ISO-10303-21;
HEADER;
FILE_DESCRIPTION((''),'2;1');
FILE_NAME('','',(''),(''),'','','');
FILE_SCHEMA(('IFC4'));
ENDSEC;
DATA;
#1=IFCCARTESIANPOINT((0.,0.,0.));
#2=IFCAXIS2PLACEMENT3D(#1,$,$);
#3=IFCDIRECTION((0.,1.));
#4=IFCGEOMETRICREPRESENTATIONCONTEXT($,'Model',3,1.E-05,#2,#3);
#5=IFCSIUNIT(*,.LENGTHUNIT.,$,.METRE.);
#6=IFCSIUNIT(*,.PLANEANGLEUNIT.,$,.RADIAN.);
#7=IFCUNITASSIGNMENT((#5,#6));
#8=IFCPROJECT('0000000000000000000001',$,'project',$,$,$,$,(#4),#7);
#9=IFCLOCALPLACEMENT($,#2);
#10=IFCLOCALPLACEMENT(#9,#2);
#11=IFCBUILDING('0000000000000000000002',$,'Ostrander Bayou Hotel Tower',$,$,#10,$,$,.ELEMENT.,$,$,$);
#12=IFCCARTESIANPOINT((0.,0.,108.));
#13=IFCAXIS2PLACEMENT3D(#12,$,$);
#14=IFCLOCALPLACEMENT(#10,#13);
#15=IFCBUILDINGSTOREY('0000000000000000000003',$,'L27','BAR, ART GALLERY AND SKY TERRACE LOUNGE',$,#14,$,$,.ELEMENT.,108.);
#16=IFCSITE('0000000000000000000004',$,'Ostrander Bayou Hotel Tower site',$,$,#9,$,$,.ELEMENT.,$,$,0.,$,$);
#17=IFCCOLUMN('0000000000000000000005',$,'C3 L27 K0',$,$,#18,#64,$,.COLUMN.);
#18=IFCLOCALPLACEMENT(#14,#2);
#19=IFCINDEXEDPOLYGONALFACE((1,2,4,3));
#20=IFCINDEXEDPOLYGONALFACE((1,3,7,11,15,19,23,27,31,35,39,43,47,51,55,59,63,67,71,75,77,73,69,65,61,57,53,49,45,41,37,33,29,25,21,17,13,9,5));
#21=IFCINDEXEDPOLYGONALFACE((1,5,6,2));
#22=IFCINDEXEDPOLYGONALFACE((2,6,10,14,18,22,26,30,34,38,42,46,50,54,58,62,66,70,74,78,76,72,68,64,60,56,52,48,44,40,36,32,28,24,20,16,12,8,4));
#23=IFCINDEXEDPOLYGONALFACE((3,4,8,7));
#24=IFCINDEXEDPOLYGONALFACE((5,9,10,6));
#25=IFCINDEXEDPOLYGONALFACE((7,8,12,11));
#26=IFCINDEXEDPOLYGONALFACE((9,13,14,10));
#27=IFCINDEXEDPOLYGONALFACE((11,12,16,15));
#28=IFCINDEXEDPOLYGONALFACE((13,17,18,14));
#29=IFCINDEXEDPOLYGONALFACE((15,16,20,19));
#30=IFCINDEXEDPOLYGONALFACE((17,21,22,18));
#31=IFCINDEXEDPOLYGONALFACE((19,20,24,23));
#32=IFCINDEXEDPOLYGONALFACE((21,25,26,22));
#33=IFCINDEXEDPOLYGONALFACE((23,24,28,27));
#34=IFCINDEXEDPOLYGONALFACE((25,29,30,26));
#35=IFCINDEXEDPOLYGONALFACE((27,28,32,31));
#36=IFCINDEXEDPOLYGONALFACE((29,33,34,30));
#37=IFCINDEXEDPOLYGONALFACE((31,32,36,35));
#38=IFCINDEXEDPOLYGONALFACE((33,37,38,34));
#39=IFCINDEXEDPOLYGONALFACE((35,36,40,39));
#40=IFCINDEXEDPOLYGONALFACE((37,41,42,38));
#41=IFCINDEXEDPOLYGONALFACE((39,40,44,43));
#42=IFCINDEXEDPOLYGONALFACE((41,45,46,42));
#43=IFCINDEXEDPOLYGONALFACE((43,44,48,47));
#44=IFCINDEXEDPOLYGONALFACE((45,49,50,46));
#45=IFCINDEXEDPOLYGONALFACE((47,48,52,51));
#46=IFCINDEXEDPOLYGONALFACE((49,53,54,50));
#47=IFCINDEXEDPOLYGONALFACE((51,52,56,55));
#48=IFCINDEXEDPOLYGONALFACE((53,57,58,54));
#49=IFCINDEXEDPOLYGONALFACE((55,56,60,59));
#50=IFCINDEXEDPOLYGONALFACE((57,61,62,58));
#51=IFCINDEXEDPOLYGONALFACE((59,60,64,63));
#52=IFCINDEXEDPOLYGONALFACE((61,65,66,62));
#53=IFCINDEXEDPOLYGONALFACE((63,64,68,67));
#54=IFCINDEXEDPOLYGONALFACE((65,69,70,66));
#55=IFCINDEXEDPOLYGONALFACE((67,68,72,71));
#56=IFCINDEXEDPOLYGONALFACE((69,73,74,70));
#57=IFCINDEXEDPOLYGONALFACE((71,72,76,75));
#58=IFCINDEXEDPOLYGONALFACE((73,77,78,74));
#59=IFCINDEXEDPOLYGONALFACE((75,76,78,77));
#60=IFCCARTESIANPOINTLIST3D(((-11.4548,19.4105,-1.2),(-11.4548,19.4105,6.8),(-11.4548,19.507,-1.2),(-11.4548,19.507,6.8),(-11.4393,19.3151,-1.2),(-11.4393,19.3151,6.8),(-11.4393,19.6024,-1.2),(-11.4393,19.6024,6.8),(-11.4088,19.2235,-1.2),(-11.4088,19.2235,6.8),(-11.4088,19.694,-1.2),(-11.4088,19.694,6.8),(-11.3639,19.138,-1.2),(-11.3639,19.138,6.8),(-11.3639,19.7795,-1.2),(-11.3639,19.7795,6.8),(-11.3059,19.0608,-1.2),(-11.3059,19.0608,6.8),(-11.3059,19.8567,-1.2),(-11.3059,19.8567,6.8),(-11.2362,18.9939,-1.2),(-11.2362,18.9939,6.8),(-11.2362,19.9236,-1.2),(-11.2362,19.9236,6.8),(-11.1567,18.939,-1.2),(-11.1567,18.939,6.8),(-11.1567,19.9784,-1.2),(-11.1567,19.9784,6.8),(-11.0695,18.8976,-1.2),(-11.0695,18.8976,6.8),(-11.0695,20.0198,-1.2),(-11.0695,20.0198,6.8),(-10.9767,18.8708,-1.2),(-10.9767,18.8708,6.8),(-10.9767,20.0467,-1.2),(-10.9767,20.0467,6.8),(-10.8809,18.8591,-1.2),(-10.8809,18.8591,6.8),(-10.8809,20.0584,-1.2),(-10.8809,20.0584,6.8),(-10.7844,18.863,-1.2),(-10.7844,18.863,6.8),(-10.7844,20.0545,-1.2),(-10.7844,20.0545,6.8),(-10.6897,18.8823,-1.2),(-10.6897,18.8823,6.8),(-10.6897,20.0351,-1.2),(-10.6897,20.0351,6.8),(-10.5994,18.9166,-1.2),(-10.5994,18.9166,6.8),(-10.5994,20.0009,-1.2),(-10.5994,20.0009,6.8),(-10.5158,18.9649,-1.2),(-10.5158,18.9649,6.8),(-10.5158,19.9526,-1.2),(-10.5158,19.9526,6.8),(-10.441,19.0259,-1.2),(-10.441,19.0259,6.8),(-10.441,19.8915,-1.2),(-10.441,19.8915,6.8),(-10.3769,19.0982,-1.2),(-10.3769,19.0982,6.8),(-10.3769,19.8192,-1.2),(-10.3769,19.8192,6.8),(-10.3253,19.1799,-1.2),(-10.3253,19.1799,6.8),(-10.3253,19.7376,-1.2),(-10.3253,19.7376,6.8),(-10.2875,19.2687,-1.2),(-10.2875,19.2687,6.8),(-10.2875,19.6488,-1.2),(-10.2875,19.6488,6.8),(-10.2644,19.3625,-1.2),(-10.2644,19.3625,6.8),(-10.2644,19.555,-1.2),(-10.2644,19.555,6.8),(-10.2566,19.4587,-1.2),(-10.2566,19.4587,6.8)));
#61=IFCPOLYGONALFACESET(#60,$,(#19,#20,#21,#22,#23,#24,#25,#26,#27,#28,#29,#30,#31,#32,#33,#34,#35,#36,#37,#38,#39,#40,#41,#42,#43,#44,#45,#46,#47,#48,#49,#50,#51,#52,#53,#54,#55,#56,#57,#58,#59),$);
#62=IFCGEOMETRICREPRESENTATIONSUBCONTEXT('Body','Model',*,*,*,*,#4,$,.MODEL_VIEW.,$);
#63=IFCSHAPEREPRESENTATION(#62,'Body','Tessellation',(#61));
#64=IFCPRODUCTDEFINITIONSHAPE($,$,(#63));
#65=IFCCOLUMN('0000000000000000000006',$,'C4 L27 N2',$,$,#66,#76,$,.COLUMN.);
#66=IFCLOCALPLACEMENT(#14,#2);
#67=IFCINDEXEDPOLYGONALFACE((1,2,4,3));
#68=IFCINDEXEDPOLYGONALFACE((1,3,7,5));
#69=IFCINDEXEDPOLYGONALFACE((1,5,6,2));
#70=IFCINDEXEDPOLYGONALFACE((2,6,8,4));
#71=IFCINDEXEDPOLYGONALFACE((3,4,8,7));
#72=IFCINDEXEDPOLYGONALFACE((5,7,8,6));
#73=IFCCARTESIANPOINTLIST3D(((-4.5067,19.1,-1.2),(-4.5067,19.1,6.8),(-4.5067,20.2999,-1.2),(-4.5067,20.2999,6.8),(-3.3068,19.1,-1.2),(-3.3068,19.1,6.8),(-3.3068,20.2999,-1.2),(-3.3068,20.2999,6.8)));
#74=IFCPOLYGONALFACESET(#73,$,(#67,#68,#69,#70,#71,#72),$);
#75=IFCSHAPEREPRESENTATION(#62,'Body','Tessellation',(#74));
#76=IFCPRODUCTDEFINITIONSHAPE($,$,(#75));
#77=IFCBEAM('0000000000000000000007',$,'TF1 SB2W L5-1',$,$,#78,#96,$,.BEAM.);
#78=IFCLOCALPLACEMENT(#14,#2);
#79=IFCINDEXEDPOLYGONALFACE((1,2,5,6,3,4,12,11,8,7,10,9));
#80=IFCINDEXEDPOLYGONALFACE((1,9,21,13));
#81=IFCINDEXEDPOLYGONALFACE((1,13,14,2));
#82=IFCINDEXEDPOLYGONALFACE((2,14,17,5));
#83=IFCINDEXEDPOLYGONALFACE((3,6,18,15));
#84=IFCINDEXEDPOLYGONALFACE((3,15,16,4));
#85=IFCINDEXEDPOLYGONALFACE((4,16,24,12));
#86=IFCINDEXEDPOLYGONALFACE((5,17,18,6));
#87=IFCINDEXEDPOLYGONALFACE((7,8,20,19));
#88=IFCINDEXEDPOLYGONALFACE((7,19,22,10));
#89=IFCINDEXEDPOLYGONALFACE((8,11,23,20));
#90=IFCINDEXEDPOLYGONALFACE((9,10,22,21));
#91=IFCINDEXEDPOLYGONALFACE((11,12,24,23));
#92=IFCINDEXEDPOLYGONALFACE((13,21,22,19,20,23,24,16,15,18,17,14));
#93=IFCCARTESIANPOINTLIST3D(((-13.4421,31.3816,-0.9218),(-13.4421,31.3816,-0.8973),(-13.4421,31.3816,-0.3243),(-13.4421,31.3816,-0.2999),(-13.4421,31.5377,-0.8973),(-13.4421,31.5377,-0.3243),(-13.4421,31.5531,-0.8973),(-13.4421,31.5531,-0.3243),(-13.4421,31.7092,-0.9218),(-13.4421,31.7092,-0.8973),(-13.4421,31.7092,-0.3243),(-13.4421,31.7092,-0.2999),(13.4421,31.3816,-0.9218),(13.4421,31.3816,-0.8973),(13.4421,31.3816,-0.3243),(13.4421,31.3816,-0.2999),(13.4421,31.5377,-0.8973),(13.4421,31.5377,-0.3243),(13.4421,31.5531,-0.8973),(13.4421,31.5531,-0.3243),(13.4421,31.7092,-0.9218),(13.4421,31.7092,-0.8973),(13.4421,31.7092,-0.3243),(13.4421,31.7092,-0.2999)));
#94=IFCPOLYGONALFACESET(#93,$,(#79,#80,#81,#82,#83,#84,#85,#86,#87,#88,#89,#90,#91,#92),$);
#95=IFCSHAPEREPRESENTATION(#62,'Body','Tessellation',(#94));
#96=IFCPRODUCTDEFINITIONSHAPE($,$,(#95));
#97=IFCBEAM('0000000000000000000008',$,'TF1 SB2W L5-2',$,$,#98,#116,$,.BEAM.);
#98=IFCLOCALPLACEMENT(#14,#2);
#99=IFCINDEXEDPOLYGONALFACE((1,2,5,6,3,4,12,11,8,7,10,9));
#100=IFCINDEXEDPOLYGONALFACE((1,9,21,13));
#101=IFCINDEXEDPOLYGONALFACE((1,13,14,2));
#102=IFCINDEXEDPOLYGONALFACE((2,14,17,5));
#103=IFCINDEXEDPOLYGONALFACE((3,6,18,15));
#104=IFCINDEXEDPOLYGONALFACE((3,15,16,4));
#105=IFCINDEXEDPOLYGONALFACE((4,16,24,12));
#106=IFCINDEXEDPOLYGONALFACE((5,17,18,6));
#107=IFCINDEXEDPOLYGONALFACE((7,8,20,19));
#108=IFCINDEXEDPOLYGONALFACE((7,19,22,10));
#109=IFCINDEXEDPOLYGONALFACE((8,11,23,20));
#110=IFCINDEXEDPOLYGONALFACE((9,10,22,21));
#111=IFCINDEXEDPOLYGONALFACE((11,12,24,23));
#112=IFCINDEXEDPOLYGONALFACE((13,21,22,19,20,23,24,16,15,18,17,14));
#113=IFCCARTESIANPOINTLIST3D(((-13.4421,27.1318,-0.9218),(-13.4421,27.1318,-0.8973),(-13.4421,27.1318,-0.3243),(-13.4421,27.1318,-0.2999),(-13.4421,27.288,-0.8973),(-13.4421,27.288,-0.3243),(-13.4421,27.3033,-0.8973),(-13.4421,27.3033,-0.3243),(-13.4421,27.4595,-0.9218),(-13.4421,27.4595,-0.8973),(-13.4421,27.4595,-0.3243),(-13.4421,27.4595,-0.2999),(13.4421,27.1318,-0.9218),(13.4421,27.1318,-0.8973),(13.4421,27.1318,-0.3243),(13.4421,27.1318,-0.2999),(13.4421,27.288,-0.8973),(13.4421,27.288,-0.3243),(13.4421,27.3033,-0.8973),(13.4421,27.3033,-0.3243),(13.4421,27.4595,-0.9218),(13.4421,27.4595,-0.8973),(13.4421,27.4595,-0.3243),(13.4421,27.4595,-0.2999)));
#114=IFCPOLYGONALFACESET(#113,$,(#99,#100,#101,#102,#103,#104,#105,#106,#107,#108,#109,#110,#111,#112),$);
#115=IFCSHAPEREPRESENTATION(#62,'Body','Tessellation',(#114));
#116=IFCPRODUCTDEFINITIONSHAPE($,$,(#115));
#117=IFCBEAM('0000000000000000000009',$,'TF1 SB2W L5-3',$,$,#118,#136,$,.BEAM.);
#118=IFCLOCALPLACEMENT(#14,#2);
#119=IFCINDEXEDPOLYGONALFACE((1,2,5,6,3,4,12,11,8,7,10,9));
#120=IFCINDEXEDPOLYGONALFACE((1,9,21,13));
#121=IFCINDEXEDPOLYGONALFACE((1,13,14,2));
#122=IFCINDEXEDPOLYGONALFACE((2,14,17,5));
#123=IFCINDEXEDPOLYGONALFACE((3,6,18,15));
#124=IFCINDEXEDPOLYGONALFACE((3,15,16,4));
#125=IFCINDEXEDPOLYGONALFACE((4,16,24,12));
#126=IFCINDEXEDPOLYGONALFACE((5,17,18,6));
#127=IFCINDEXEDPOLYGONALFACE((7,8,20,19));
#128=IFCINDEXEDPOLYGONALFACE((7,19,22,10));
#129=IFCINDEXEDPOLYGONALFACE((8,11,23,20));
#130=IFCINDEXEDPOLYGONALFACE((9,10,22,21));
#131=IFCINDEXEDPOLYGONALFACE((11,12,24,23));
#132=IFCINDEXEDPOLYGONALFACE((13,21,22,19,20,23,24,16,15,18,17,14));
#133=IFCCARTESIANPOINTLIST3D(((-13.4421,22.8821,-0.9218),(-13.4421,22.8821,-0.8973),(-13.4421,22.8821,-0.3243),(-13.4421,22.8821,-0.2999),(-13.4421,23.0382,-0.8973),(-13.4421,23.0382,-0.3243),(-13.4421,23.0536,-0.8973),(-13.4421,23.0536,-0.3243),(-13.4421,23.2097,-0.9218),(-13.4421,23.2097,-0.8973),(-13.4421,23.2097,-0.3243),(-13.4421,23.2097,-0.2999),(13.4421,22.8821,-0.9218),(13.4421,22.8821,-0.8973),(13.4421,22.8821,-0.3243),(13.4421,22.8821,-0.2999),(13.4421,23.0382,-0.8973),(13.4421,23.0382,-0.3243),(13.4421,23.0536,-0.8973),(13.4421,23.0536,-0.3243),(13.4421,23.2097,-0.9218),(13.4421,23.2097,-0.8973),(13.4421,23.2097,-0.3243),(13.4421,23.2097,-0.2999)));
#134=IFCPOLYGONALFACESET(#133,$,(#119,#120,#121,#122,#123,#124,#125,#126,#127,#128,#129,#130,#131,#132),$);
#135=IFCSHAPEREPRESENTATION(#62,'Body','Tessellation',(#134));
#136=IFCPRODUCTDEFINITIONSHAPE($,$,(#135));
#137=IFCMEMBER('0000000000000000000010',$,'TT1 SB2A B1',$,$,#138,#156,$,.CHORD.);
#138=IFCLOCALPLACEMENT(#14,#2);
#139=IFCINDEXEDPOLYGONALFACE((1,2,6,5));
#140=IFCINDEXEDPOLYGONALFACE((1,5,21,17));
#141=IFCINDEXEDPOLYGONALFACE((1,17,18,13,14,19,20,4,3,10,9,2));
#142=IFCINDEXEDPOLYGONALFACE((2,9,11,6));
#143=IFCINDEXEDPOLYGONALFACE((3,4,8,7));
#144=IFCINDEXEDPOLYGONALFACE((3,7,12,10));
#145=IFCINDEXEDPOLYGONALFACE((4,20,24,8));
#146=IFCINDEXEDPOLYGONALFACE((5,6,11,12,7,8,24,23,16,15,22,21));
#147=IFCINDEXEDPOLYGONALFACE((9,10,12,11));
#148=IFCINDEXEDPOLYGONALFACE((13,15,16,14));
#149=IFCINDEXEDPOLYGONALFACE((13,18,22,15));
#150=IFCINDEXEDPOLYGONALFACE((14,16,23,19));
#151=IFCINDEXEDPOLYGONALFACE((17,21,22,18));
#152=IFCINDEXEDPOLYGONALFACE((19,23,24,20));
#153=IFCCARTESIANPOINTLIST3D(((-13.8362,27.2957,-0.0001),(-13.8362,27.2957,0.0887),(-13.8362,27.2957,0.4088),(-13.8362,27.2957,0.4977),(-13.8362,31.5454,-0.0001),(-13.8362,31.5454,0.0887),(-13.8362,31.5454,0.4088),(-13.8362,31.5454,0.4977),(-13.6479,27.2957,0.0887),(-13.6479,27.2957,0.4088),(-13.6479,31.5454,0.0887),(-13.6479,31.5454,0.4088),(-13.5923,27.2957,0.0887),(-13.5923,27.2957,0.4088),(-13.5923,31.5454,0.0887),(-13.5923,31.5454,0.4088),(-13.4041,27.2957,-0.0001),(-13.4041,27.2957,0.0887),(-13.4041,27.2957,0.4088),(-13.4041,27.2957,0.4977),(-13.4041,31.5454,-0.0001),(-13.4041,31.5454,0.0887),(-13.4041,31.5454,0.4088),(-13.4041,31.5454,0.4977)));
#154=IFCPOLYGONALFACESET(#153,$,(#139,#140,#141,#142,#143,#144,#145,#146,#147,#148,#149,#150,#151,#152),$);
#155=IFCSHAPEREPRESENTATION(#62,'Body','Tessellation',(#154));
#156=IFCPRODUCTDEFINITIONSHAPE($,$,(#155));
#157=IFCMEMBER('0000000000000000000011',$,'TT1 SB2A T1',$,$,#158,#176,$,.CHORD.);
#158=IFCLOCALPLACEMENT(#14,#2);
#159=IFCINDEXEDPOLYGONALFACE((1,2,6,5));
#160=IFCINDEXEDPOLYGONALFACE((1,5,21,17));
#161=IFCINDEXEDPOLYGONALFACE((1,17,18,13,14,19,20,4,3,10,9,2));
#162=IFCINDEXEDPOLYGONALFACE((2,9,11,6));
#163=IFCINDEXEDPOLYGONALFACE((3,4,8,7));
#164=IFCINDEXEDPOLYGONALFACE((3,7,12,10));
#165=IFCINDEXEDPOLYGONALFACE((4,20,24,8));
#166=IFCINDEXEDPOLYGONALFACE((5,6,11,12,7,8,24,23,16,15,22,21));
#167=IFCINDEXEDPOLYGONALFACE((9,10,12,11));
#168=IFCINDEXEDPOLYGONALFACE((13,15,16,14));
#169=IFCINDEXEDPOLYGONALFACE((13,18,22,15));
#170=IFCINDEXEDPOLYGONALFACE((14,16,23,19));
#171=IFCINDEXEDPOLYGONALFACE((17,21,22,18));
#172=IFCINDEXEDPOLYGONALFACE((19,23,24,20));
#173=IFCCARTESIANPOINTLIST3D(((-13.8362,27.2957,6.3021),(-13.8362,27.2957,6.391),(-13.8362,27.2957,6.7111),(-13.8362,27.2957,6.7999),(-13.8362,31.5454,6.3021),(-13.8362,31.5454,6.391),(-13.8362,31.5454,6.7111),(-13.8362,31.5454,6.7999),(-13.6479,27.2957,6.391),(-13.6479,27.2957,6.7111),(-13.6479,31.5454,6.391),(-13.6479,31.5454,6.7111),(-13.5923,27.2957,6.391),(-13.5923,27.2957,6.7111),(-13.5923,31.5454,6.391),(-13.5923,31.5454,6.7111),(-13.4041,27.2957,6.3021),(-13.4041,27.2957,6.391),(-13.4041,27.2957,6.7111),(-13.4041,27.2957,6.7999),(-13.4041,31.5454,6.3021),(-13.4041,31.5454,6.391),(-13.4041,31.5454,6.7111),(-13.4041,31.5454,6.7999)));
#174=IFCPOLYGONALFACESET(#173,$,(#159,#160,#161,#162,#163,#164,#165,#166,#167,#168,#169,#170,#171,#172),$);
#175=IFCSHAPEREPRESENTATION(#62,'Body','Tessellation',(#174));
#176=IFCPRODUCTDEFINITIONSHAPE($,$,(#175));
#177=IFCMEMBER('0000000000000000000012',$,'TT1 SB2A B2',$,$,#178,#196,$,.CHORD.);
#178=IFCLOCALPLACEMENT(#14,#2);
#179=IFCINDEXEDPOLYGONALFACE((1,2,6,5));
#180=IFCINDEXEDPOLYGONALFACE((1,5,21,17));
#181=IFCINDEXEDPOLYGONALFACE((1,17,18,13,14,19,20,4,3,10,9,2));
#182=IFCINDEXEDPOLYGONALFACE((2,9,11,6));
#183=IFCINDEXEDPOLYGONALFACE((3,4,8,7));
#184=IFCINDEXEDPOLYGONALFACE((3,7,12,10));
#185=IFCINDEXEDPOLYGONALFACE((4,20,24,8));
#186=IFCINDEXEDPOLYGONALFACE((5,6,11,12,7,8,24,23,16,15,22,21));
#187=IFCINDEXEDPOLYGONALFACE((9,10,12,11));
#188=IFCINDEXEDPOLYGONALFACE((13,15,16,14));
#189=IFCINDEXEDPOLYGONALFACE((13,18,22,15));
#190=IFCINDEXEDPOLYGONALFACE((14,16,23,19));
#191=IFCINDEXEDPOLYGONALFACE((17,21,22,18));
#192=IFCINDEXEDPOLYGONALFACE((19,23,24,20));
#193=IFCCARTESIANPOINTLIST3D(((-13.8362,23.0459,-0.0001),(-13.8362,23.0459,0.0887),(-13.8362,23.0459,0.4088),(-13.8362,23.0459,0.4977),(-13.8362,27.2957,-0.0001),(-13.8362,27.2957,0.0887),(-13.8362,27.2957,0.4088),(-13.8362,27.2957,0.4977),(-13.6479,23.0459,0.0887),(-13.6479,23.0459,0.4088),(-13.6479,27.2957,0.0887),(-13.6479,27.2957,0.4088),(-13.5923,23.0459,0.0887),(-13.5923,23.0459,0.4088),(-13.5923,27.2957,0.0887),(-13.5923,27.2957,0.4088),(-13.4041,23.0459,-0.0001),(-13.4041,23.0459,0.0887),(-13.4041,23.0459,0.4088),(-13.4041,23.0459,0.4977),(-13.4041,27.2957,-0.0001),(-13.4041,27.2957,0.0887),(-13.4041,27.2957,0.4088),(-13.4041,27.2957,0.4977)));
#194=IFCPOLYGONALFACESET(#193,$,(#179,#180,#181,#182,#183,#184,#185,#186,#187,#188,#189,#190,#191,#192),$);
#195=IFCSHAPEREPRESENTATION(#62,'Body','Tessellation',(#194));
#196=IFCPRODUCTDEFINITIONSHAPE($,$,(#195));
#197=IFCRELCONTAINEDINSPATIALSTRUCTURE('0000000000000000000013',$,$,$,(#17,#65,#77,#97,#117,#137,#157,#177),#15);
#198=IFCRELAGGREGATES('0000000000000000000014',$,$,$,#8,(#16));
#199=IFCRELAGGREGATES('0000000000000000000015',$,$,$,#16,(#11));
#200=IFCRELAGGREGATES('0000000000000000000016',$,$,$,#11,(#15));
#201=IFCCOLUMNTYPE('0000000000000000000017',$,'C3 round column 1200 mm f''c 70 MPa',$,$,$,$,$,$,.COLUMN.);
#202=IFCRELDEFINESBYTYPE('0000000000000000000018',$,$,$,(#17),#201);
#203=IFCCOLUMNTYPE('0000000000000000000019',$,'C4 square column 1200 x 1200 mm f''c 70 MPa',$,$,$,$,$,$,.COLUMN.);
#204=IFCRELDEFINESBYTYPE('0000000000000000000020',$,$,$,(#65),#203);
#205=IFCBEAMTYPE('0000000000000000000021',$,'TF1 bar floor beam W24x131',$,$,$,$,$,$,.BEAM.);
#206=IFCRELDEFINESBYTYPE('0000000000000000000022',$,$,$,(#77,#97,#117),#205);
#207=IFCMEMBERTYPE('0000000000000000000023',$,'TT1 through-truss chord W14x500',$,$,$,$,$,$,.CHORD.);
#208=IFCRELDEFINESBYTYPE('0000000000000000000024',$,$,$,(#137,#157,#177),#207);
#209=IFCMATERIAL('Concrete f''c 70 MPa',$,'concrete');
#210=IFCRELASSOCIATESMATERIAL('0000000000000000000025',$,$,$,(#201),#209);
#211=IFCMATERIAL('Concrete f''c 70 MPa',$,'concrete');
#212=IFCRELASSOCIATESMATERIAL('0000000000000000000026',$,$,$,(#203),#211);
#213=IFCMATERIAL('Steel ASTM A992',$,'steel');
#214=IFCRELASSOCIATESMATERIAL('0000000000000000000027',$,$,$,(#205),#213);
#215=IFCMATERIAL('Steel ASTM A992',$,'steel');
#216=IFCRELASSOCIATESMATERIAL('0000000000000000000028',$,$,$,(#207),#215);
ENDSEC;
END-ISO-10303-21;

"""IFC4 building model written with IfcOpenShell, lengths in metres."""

from ifc_helpers import new_model, si_unit, direction, frame, origin, origin_2d, place, context, subcontext, project, spatial, rectangle, circle, i_section, extrude, material, material_profile, profile_set, type_object, element, save


model = new_model("IFC4")

# Units and contexts
model_context = context("Model", 3, precision=1e-05, world=origin(), true_north=direction((0.0, 1.0)))
body_context = subcontext(model_context, "Body", "Model", "MODEL_VIEW")
ifc_project = project(units=[si_unit("LENGTHUNIT", "METRE"), si_unit("PLANEANGLEUNIT", "RADIAN")], contexts=[model_context])

# Site, building, storey
site_placement = place(None, origin())
site = spatial("IfcSite", under=ifc_project, at=site_placement, Name="Ostrander Bayou Hotel Tower site", CompositionType="ELEMENT", RefElevation=0.0)
building_placement = place(site_placement, origin())
building = spatial("IfcBuilding", under=site, at=building_placement, Name="Ostrander Bayou Hotel Tower", CompositionType="ELEMENT")
storey_placement = place(building_placement, frame((0.0, 0.0, 108.0)))
storey = spatial("IfcBuildingStorey", under=building, at=storey_placement, Name="L27", Description="BAR, ART GALLERY AND SKY TERRACE LOUNGE", CompositionType="ELEMENT", Elevation=108.0)

# Columns
ifc_material_1 = material(Name="Concrete f'c 70 MPa", Category="concrete")
ifc_material_profile_1 = material_profile(ifc_material_1, circle(Radius=0.6001, at=origin_2d()))
ifc_profile_set_1 = profile_set([ifc_material_profile_1], Name="Concrete f'c 70 MPa")
column_type_1 = type_object("IfcColumnType", Name="C3 round column 1200 mm f'c 70 MPa", PredefinedType="COLUMN", material=ifc_profile_set_1)
column_1_placement = place(storey_placement, frame((-10.8567, 19.4587, -1.2), z_axis=(0.0, 0.0, 1.0), x_axis=(1.0, 0.0, 0.0)))
element("IfcColumn", 1, at=column_1_placement, inside=storey, type_object=column_type_1, Name="C3 L27 K0", PredefinedType="COLUMN", context=body_context, shape_type="SweptSolid", body=[
    extrude(circle(Radius=0.6001, at=origin_2d()), origin(), (0.0, 0.0, 1.0), 8.0),
])
ifc_material_2 = material(Name="Concrete f'c 70 MPa", Category="concrete")
ifc_material_profile_2 = material_profile(ifc_material_2, rectangle(XDim=1.2, YDim=1.2, at=origin_2d()))
ifc_profile_set_2 = profile_set([ifc_material_profile_2], Name="Concrete f'c 70 MPa")
column_type_2 = type_object("IfcColumnType", Name="C4 square column 1200 x 1200 mm f'c 70 MPa", PredefinedType="COLUMN", material=ifc_profile_set_2)
column_2_placement = place(storey_placement, frame((-3.9067, 19.7, -1.2), z_axis=(0.0, 0.0, 1.0), x_axis=(1.0, 0.0, 0.0)))
element("IfcColumn", 2, at=column_2_placement, inside=storey, type_object=column_type_2, Name="C4 L27 N2", PredefinedType="COLUMN", context=body_context, shape_type="SweptSolid", body=[
    extrude(rectangle(XDim=1.2, YDim=1.2, at=origin_2d()), origin(), (0.0, 0.0, 1.0), 8.0),
])

# Beams
ifc_material_3 = material(Name="Steel ASTM A992", Category="steel")
ifc_material_profile_3 = material_profile(ifc_material_3, i_section(OverallWidth=0.3276, OverallDepth=0.6218, WebThickness=0.0154, FlangeThickness=0.0244, at=origin_2d()))
ifc_profile_set_3 = profile_set([ifc_material_profile_3], Name="Steel ASTM A992")
beam_type = type_object("IfcBeamType", Name="TF1 bar floor beam W24x131", PredefinedType="BEAM", material=ifc_profile_set_3)
for number, where, z_axis, x_axis, name in (
    (3, (-13.4421, 31.5454, -0.6108), (1.0, 0.0, 0.0), (0.0, 1.0, 0.0), "TF1 SB2W L5-1"),
    (4, (-13.4421, 27.2957, -0.6108), (1.0, 0.0, 0.0), (0.0, 1.0, 0.0), "TF1 SB2W L5-2"),
    (5, (-13.4421, 23.0459, -0.6108), (1.0, 0.0, 0.0), (0.0, 1.0, 0.0), "TF1 SB2W L5-3"),
):
    element("IfcBeam", number, at=place(storey_placement, frame(where, z_axis=z_axis, x_axis=x_axis)), inside=storey, type_object=beam_type, Name=name, PredefinedType="BEAM", context=body_context, shape_type="SweptSolid", body=[
        extrude(i_section(OverallWidth=0.3276, OverallDepth=0.6218, WebThickness=0.0154, FlangeThickness=0.0244, at=origin_2d()), origin(), (0.0, 0.0, 1.0), 26.8843),
    ])

# Members
ifc_material_4 = material(Name="Steel ASTM A992", Category="steel")
ifc_material_profile_4 = material_profile(ifc_material_4, i_section(OverallWidth=0.4321, OverallDepth=0.4978, WebThickness=0.0557, FlangeThickness=0.0889, at=origin_2d()))
ifc_profile_set_4 = profile_set([ifc_material_profile_4], Name="Steel ASTM A992")
member_type_1 = type_object("IfcMemberType", Name="TT1 through-truss chord W14x500", PredefinedType="CHORD", material=ifc_profile_set_4)
for number, where, z_axis, x_axis, name in (
    (6, (-13.6201, 31.5454, 0.2488), (0.0, -1.0, 0.0), (1.0, 0.0, 0.0), "TT1 SB2A B1"),
    (7, (-13.6201, 31.5454, 6.551), (0.0, -1.0, 0.0), (1.0, 0.0, 0.0), "TT1 SB2A T1"),
    (8, (-13.6201, 27.2957, 0.2488), (0.0, -1.0, 0.0), (1.0, 0.0, 0.0), "TT1 SB2A B2"),
):
    element("IfcMember", number, at=place(storey_placement, frame(where, z_axis=z_axis, x_axis=x_axis)), inside=storey, type_object=member_type_1, Name=name, PredefinedType="CHORD", context=body_context, shape_type="SweptSolid", body=[
        extrude(i_section(OverallWidth=0.4321, OverallDepth=0.4978, WebThickness=0.0557, FlangeThickness=0.0889, at=origin_2d()), origin(), (0.0, 0.0, 1.0), 4.2498),
    ])

save(model, "model.ifc")
